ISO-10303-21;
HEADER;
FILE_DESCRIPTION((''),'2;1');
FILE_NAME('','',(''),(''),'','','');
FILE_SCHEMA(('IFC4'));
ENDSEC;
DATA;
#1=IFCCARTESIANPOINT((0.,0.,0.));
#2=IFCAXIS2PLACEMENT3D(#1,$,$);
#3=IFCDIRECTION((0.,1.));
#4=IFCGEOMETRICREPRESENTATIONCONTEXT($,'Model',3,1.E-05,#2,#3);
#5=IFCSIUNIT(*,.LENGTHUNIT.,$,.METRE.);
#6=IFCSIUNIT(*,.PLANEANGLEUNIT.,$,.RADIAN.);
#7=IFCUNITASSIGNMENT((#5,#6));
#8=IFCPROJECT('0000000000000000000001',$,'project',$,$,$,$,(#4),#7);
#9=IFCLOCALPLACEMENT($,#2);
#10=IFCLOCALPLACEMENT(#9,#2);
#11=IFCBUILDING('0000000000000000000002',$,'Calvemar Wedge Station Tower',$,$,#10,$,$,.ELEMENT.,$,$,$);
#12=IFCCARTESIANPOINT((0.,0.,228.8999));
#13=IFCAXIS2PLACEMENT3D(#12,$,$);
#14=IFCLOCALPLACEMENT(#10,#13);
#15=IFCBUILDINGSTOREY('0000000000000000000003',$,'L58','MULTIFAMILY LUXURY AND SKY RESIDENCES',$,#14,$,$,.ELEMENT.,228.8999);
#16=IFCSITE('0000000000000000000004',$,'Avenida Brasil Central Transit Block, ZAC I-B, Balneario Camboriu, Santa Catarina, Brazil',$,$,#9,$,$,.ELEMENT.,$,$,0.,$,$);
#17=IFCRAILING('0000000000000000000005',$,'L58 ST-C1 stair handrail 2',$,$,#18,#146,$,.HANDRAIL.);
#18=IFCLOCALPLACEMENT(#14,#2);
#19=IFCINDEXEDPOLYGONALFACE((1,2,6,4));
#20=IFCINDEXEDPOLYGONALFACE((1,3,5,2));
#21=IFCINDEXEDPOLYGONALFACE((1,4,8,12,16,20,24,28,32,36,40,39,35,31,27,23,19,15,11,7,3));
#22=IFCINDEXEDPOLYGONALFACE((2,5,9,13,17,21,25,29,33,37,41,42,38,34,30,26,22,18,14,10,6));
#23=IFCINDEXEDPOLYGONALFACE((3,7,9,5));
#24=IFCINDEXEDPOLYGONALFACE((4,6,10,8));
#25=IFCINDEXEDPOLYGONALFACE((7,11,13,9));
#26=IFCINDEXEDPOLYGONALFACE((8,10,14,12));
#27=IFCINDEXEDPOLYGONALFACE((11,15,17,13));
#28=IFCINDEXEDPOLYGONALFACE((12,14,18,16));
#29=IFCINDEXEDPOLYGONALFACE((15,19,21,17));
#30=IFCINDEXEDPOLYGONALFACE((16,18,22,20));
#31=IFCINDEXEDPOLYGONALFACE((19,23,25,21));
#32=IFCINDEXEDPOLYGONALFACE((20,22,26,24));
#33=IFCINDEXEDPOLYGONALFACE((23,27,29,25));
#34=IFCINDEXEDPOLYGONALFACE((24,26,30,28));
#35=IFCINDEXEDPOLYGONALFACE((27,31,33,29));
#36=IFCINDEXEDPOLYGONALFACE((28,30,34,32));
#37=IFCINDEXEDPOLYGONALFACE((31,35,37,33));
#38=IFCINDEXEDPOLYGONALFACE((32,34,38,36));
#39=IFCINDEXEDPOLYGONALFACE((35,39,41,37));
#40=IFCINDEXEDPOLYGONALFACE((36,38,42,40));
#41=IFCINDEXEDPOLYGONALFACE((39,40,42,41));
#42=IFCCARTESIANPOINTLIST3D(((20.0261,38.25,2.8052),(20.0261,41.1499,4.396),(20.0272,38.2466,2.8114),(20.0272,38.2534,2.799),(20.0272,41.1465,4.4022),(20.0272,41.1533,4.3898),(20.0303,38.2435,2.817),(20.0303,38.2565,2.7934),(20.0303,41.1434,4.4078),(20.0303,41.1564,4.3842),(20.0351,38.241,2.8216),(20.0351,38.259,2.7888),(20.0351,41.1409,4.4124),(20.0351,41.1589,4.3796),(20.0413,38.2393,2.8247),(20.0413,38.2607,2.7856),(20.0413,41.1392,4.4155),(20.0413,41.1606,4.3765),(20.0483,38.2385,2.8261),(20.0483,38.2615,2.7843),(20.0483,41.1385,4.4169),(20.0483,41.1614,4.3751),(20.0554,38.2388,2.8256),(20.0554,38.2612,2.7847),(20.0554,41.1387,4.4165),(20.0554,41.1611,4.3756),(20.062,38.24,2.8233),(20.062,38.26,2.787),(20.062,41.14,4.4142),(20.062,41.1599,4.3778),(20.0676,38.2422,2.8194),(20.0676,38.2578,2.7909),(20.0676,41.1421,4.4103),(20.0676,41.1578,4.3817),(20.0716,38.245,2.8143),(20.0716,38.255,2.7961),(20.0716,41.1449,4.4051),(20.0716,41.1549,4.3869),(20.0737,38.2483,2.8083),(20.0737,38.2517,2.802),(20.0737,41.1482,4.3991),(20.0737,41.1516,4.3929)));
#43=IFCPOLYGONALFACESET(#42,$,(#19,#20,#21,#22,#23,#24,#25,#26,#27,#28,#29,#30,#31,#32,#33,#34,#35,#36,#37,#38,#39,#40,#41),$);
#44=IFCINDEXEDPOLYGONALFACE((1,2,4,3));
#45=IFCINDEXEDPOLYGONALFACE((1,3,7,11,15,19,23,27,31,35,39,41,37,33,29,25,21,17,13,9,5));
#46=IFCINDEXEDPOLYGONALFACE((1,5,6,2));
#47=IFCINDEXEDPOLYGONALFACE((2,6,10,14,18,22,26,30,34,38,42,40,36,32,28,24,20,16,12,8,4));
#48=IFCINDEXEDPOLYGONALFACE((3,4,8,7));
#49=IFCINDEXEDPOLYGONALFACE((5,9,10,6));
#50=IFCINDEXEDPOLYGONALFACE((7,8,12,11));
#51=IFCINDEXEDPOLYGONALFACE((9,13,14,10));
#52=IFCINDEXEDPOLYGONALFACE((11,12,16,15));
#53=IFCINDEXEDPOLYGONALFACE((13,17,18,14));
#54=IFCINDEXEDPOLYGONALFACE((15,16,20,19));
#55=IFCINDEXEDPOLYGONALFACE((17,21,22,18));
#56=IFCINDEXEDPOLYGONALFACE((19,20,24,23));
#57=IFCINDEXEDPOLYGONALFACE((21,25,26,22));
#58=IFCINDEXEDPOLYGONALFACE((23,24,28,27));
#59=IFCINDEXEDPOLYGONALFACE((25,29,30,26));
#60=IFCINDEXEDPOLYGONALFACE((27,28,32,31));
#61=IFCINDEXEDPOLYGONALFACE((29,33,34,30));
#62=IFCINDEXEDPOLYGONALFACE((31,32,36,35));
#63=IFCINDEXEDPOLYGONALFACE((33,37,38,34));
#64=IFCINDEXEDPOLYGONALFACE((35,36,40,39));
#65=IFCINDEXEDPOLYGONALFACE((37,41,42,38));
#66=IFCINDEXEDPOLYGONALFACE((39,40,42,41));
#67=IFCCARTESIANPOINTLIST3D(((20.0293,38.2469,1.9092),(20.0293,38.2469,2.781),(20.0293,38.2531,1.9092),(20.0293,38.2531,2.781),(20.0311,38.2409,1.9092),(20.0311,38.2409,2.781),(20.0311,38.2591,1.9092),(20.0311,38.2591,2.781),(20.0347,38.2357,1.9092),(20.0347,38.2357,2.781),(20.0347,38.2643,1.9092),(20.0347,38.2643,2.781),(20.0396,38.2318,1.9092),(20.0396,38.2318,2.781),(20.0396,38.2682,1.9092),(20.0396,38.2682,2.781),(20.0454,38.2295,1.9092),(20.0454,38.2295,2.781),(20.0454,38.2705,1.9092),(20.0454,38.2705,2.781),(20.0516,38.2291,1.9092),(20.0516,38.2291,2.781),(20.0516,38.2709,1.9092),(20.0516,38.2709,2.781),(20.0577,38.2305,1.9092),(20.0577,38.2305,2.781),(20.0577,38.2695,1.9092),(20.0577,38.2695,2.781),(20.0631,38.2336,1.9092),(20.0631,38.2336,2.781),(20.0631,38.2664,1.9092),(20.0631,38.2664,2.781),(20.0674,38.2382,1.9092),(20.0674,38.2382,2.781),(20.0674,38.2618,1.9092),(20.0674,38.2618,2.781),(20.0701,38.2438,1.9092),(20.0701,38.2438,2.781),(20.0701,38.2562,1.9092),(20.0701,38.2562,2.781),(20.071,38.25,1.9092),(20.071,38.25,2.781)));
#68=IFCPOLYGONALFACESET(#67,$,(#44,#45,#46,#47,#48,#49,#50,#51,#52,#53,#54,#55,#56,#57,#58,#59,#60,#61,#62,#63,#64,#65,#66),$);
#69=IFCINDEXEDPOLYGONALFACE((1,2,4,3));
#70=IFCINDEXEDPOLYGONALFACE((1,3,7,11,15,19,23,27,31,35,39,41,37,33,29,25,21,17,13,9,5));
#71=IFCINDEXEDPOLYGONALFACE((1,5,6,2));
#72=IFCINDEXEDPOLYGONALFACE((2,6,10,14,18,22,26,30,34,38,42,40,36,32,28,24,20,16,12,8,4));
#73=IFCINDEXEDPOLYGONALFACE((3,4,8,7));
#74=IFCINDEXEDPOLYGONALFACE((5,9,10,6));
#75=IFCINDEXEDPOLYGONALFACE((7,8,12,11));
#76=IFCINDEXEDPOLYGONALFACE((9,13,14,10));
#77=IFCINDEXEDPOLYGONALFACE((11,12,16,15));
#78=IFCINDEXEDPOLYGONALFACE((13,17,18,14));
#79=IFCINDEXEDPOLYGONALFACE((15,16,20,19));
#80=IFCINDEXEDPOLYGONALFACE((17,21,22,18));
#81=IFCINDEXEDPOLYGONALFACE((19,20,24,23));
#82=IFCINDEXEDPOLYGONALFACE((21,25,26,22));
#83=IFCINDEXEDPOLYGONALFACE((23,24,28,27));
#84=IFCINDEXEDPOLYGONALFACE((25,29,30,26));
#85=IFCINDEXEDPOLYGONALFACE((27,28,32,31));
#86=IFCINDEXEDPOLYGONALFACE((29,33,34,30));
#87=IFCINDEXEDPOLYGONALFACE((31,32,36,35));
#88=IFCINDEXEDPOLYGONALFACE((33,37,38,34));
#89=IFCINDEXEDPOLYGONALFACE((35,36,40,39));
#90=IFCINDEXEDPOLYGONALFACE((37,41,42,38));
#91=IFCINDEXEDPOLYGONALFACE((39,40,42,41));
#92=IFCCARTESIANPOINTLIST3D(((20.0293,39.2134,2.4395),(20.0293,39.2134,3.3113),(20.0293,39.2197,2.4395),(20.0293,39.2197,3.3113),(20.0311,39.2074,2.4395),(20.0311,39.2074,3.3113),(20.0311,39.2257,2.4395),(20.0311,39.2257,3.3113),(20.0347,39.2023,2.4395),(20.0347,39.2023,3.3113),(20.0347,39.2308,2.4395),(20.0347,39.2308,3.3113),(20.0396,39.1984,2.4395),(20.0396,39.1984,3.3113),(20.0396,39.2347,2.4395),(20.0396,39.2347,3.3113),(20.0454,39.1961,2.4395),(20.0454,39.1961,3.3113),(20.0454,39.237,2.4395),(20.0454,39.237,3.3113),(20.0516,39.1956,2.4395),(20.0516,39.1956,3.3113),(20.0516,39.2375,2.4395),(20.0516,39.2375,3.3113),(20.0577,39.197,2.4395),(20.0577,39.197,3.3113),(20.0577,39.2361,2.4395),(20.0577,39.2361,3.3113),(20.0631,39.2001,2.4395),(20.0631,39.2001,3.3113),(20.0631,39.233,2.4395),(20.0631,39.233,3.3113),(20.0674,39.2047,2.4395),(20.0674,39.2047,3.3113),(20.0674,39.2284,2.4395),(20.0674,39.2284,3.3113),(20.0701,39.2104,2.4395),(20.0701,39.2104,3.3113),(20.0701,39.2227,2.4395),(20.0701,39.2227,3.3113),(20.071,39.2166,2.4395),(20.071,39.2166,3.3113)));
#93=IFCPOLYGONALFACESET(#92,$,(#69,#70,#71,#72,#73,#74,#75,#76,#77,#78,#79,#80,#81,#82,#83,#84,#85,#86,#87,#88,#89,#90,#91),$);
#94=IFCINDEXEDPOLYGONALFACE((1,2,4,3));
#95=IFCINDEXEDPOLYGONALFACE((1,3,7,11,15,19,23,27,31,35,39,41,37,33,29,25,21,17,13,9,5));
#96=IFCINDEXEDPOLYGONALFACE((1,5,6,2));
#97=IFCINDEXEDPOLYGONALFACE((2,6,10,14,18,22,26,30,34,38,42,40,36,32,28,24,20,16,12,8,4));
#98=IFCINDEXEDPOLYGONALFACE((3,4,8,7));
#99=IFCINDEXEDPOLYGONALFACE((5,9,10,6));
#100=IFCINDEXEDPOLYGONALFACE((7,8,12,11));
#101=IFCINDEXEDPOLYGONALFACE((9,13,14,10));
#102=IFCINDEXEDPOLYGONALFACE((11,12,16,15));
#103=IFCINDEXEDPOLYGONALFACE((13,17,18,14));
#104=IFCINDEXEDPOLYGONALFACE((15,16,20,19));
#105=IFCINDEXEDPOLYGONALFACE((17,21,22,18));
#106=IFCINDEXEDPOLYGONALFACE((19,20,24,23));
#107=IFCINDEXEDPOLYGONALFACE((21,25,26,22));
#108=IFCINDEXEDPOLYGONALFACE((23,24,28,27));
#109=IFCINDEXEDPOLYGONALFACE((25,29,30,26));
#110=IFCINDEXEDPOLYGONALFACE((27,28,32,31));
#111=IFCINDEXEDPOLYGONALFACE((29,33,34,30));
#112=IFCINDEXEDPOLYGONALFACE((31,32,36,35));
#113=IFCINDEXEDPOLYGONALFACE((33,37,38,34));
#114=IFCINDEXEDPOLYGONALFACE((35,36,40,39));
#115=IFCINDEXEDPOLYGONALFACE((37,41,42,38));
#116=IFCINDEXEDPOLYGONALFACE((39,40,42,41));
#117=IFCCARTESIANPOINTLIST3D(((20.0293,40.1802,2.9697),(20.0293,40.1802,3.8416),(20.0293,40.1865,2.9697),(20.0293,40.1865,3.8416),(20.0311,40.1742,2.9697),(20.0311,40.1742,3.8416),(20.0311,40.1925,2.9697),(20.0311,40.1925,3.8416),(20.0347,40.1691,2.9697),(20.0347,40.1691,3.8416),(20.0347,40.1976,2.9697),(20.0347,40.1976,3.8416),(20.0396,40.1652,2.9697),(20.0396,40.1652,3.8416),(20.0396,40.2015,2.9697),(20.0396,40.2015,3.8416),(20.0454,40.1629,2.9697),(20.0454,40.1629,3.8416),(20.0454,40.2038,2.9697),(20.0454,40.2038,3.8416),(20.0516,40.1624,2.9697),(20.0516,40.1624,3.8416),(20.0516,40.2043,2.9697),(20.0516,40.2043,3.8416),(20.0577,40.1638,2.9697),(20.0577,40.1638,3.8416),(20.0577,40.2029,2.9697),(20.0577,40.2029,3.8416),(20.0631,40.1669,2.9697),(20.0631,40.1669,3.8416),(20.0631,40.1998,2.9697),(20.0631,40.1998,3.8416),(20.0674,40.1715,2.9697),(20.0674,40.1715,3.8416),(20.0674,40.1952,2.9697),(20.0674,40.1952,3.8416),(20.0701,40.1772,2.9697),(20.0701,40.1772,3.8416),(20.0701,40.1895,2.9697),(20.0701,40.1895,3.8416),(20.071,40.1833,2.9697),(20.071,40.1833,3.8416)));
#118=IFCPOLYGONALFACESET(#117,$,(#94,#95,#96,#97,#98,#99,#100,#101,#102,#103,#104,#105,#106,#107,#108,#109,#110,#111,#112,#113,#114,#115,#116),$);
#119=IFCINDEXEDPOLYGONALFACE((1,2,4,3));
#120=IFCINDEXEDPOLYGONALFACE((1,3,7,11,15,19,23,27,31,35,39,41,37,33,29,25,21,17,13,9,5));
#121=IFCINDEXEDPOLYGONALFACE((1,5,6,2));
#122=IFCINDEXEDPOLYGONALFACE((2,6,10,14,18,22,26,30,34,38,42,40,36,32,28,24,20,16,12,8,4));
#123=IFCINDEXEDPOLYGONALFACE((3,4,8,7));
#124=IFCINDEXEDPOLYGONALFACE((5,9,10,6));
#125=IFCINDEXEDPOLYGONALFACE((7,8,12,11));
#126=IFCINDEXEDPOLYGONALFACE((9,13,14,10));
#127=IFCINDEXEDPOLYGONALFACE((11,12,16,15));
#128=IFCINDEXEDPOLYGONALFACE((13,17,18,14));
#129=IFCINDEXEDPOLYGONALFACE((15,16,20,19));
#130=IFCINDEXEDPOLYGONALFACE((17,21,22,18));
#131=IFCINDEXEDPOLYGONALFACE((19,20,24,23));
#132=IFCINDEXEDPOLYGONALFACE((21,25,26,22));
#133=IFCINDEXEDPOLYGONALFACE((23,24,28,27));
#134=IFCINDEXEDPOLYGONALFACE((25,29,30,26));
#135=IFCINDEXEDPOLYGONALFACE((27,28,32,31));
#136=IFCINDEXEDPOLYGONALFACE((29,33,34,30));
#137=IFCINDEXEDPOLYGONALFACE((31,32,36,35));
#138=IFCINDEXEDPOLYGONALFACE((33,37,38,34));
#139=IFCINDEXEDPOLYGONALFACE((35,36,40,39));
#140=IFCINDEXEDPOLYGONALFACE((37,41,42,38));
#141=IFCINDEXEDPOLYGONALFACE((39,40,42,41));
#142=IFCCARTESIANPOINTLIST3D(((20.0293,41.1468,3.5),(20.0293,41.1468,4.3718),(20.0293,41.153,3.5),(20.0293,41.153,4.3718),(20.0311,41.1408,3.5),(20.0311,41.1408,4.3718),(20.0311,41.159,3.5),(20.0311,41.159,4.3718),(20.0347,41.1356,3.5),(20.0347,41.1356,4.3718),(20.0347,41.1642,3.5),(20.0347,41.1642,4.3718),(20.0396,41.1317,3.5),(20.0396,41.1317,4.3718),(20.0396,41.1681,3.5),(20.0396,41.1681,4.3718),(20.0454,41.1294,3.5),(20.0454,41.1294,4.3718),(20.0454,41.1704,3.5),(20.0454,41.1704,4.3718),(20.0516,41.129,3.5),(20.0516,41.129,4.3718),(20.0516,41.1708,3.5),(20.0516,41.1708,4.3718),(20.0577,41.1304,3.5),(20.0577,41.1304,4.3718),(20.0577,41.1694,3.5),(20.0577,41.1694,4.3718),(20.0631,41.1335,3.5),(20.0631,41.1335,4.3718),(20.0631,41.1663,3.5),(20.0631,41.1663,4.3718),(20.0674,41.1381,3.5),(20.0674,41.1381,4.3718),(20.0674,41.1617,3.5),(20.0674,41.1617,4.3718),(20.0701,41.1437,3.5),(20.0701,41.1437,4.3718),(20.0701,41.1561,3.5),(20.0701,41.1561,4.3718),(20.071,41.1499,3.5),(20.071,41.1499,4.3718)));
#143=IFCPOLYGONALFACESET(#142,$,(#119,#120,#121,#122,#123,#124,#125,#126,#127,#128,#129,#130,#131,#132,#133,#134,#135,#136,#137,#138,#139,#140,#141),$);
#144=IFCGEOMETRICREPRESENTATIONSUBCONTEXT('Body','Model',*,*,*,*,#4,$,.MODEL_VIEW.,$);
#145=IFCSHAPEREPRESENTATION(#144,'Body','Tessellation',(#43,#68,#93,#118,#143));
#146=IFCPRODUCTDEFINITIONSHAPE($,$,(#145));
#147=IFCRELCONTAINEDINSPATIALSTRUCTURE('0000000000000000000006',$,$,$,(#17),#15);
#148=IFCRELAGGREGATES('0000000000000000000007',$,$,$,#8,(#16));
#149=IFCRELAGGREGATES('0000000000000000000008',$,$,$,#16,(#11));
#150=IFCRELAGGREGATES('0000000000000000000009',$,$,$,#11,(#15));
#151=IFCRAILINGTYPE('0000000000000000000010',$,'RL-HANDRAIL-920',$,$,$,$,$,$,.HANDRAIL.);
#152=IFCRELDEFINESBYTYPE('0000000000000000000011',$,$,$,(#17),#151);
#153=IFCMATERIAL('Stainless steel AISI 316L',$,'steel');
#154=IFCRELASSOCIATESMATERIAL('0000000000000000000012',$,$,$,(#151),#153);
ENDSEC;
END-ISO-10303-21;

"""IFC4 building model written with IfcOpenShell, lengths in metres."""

from ifc_helpers import new_model, si_unit, direction, frame, origin, origin_2d, place, context, subcontext, project, spatial, circle, extrude, material, type_object, element, save


model = new_model("IFC4")

# Units and contexts
model_context = context("Model", 3, precision=1e-05, world=origin(), true_north=direction((0.0, 1.0)))
body_context = subcontext(model_context, "Body", "Model", "MODEL_VIEW")
ifc_project = project(units=[si_unit("LENGTHUNIT", "METRE"), si_unit("PLANEANGLEUNIT", "RADIAN")], contexts=[model_context])

# Site, building, storey
site_placement = place(None, origin())
site = spatial("IfcSite", under=ifc_project, at=site_placement, Name="Avenida Brasil Central Transit Block, ZAC I-B, Balneario Camboriu, Santa Catarina, Brazil", CompositionType="ELEMENT", RefElevation=0.0)
building_placement = place(site_placement, origin())
building = spatial("IfcBuilding", under=site, at=building_placement, Name="Calvemar Wedge Station Tower", CompositionType="ELEMENT")
storey_placement = place(building_placement, frame((0.0, 0.0, 228.8999)))
storey = spatial("IfcBuildingStorey", under=building, at=storey_placement, Name="L58", Description="MULTIFAMILY LUXURY AND SKY RESIDENCES", CompositionType="ELEMENT", Elevation=228.8999)

# Railing
ifc_material_1 = material(Name="Stainless steel AISI 316L", Category="steel")
railing_type_1 = type_object("IfcRailingType", Name="RL-HANDRAIL-920", PredefinedType="HANDRAIL", material=ifc_material_1)
railing_1_placement = place(storey_placement, frame((20.05, 38.25, 1.9092)))
element("IfcRailing", 1, at=railing_1_placement, inside=storey, type_object=railing_type_1, Name="L58 ST-C1 stair handrail 2", PredefinedType="HANDRAIL", context=body_context, shape_type="SweptSolid", body=[
    extrude(circle(Radius=0.0239, at=origin_2d()), frame((0.0, 0.0, 0.896), z_axis=(0.0, 0.876742, 0.480961), x_axis=(-1.0, 0.0, 0.0)), (0.0, 0.0, 1.0), 3.3076),
    extrude(circle(Radius=0.021, at=origin_2d()), origin(), (0.0, 0.0, 1.0), 0.8718),
    extrude(circle(Radius=0.021, at=origin_2d()), frame((0.0, 0.9666, 0.5303)), (0.0, 0.0, 1.0), 0.8718),
    extrude(circle(Radius=0.021, at=origin_2d()), frame((0.0, 1.9333, 1.0605)), (0.0, 0.0, 1.0), 0.8718),
    extrude(circle(Radius=0.021, at=origin_2d()), frame((0.0, 2.8999, 1.5908)), (0.0, 0.0, 1.0), 0.8718),
])

save(model, "model.ifc")
